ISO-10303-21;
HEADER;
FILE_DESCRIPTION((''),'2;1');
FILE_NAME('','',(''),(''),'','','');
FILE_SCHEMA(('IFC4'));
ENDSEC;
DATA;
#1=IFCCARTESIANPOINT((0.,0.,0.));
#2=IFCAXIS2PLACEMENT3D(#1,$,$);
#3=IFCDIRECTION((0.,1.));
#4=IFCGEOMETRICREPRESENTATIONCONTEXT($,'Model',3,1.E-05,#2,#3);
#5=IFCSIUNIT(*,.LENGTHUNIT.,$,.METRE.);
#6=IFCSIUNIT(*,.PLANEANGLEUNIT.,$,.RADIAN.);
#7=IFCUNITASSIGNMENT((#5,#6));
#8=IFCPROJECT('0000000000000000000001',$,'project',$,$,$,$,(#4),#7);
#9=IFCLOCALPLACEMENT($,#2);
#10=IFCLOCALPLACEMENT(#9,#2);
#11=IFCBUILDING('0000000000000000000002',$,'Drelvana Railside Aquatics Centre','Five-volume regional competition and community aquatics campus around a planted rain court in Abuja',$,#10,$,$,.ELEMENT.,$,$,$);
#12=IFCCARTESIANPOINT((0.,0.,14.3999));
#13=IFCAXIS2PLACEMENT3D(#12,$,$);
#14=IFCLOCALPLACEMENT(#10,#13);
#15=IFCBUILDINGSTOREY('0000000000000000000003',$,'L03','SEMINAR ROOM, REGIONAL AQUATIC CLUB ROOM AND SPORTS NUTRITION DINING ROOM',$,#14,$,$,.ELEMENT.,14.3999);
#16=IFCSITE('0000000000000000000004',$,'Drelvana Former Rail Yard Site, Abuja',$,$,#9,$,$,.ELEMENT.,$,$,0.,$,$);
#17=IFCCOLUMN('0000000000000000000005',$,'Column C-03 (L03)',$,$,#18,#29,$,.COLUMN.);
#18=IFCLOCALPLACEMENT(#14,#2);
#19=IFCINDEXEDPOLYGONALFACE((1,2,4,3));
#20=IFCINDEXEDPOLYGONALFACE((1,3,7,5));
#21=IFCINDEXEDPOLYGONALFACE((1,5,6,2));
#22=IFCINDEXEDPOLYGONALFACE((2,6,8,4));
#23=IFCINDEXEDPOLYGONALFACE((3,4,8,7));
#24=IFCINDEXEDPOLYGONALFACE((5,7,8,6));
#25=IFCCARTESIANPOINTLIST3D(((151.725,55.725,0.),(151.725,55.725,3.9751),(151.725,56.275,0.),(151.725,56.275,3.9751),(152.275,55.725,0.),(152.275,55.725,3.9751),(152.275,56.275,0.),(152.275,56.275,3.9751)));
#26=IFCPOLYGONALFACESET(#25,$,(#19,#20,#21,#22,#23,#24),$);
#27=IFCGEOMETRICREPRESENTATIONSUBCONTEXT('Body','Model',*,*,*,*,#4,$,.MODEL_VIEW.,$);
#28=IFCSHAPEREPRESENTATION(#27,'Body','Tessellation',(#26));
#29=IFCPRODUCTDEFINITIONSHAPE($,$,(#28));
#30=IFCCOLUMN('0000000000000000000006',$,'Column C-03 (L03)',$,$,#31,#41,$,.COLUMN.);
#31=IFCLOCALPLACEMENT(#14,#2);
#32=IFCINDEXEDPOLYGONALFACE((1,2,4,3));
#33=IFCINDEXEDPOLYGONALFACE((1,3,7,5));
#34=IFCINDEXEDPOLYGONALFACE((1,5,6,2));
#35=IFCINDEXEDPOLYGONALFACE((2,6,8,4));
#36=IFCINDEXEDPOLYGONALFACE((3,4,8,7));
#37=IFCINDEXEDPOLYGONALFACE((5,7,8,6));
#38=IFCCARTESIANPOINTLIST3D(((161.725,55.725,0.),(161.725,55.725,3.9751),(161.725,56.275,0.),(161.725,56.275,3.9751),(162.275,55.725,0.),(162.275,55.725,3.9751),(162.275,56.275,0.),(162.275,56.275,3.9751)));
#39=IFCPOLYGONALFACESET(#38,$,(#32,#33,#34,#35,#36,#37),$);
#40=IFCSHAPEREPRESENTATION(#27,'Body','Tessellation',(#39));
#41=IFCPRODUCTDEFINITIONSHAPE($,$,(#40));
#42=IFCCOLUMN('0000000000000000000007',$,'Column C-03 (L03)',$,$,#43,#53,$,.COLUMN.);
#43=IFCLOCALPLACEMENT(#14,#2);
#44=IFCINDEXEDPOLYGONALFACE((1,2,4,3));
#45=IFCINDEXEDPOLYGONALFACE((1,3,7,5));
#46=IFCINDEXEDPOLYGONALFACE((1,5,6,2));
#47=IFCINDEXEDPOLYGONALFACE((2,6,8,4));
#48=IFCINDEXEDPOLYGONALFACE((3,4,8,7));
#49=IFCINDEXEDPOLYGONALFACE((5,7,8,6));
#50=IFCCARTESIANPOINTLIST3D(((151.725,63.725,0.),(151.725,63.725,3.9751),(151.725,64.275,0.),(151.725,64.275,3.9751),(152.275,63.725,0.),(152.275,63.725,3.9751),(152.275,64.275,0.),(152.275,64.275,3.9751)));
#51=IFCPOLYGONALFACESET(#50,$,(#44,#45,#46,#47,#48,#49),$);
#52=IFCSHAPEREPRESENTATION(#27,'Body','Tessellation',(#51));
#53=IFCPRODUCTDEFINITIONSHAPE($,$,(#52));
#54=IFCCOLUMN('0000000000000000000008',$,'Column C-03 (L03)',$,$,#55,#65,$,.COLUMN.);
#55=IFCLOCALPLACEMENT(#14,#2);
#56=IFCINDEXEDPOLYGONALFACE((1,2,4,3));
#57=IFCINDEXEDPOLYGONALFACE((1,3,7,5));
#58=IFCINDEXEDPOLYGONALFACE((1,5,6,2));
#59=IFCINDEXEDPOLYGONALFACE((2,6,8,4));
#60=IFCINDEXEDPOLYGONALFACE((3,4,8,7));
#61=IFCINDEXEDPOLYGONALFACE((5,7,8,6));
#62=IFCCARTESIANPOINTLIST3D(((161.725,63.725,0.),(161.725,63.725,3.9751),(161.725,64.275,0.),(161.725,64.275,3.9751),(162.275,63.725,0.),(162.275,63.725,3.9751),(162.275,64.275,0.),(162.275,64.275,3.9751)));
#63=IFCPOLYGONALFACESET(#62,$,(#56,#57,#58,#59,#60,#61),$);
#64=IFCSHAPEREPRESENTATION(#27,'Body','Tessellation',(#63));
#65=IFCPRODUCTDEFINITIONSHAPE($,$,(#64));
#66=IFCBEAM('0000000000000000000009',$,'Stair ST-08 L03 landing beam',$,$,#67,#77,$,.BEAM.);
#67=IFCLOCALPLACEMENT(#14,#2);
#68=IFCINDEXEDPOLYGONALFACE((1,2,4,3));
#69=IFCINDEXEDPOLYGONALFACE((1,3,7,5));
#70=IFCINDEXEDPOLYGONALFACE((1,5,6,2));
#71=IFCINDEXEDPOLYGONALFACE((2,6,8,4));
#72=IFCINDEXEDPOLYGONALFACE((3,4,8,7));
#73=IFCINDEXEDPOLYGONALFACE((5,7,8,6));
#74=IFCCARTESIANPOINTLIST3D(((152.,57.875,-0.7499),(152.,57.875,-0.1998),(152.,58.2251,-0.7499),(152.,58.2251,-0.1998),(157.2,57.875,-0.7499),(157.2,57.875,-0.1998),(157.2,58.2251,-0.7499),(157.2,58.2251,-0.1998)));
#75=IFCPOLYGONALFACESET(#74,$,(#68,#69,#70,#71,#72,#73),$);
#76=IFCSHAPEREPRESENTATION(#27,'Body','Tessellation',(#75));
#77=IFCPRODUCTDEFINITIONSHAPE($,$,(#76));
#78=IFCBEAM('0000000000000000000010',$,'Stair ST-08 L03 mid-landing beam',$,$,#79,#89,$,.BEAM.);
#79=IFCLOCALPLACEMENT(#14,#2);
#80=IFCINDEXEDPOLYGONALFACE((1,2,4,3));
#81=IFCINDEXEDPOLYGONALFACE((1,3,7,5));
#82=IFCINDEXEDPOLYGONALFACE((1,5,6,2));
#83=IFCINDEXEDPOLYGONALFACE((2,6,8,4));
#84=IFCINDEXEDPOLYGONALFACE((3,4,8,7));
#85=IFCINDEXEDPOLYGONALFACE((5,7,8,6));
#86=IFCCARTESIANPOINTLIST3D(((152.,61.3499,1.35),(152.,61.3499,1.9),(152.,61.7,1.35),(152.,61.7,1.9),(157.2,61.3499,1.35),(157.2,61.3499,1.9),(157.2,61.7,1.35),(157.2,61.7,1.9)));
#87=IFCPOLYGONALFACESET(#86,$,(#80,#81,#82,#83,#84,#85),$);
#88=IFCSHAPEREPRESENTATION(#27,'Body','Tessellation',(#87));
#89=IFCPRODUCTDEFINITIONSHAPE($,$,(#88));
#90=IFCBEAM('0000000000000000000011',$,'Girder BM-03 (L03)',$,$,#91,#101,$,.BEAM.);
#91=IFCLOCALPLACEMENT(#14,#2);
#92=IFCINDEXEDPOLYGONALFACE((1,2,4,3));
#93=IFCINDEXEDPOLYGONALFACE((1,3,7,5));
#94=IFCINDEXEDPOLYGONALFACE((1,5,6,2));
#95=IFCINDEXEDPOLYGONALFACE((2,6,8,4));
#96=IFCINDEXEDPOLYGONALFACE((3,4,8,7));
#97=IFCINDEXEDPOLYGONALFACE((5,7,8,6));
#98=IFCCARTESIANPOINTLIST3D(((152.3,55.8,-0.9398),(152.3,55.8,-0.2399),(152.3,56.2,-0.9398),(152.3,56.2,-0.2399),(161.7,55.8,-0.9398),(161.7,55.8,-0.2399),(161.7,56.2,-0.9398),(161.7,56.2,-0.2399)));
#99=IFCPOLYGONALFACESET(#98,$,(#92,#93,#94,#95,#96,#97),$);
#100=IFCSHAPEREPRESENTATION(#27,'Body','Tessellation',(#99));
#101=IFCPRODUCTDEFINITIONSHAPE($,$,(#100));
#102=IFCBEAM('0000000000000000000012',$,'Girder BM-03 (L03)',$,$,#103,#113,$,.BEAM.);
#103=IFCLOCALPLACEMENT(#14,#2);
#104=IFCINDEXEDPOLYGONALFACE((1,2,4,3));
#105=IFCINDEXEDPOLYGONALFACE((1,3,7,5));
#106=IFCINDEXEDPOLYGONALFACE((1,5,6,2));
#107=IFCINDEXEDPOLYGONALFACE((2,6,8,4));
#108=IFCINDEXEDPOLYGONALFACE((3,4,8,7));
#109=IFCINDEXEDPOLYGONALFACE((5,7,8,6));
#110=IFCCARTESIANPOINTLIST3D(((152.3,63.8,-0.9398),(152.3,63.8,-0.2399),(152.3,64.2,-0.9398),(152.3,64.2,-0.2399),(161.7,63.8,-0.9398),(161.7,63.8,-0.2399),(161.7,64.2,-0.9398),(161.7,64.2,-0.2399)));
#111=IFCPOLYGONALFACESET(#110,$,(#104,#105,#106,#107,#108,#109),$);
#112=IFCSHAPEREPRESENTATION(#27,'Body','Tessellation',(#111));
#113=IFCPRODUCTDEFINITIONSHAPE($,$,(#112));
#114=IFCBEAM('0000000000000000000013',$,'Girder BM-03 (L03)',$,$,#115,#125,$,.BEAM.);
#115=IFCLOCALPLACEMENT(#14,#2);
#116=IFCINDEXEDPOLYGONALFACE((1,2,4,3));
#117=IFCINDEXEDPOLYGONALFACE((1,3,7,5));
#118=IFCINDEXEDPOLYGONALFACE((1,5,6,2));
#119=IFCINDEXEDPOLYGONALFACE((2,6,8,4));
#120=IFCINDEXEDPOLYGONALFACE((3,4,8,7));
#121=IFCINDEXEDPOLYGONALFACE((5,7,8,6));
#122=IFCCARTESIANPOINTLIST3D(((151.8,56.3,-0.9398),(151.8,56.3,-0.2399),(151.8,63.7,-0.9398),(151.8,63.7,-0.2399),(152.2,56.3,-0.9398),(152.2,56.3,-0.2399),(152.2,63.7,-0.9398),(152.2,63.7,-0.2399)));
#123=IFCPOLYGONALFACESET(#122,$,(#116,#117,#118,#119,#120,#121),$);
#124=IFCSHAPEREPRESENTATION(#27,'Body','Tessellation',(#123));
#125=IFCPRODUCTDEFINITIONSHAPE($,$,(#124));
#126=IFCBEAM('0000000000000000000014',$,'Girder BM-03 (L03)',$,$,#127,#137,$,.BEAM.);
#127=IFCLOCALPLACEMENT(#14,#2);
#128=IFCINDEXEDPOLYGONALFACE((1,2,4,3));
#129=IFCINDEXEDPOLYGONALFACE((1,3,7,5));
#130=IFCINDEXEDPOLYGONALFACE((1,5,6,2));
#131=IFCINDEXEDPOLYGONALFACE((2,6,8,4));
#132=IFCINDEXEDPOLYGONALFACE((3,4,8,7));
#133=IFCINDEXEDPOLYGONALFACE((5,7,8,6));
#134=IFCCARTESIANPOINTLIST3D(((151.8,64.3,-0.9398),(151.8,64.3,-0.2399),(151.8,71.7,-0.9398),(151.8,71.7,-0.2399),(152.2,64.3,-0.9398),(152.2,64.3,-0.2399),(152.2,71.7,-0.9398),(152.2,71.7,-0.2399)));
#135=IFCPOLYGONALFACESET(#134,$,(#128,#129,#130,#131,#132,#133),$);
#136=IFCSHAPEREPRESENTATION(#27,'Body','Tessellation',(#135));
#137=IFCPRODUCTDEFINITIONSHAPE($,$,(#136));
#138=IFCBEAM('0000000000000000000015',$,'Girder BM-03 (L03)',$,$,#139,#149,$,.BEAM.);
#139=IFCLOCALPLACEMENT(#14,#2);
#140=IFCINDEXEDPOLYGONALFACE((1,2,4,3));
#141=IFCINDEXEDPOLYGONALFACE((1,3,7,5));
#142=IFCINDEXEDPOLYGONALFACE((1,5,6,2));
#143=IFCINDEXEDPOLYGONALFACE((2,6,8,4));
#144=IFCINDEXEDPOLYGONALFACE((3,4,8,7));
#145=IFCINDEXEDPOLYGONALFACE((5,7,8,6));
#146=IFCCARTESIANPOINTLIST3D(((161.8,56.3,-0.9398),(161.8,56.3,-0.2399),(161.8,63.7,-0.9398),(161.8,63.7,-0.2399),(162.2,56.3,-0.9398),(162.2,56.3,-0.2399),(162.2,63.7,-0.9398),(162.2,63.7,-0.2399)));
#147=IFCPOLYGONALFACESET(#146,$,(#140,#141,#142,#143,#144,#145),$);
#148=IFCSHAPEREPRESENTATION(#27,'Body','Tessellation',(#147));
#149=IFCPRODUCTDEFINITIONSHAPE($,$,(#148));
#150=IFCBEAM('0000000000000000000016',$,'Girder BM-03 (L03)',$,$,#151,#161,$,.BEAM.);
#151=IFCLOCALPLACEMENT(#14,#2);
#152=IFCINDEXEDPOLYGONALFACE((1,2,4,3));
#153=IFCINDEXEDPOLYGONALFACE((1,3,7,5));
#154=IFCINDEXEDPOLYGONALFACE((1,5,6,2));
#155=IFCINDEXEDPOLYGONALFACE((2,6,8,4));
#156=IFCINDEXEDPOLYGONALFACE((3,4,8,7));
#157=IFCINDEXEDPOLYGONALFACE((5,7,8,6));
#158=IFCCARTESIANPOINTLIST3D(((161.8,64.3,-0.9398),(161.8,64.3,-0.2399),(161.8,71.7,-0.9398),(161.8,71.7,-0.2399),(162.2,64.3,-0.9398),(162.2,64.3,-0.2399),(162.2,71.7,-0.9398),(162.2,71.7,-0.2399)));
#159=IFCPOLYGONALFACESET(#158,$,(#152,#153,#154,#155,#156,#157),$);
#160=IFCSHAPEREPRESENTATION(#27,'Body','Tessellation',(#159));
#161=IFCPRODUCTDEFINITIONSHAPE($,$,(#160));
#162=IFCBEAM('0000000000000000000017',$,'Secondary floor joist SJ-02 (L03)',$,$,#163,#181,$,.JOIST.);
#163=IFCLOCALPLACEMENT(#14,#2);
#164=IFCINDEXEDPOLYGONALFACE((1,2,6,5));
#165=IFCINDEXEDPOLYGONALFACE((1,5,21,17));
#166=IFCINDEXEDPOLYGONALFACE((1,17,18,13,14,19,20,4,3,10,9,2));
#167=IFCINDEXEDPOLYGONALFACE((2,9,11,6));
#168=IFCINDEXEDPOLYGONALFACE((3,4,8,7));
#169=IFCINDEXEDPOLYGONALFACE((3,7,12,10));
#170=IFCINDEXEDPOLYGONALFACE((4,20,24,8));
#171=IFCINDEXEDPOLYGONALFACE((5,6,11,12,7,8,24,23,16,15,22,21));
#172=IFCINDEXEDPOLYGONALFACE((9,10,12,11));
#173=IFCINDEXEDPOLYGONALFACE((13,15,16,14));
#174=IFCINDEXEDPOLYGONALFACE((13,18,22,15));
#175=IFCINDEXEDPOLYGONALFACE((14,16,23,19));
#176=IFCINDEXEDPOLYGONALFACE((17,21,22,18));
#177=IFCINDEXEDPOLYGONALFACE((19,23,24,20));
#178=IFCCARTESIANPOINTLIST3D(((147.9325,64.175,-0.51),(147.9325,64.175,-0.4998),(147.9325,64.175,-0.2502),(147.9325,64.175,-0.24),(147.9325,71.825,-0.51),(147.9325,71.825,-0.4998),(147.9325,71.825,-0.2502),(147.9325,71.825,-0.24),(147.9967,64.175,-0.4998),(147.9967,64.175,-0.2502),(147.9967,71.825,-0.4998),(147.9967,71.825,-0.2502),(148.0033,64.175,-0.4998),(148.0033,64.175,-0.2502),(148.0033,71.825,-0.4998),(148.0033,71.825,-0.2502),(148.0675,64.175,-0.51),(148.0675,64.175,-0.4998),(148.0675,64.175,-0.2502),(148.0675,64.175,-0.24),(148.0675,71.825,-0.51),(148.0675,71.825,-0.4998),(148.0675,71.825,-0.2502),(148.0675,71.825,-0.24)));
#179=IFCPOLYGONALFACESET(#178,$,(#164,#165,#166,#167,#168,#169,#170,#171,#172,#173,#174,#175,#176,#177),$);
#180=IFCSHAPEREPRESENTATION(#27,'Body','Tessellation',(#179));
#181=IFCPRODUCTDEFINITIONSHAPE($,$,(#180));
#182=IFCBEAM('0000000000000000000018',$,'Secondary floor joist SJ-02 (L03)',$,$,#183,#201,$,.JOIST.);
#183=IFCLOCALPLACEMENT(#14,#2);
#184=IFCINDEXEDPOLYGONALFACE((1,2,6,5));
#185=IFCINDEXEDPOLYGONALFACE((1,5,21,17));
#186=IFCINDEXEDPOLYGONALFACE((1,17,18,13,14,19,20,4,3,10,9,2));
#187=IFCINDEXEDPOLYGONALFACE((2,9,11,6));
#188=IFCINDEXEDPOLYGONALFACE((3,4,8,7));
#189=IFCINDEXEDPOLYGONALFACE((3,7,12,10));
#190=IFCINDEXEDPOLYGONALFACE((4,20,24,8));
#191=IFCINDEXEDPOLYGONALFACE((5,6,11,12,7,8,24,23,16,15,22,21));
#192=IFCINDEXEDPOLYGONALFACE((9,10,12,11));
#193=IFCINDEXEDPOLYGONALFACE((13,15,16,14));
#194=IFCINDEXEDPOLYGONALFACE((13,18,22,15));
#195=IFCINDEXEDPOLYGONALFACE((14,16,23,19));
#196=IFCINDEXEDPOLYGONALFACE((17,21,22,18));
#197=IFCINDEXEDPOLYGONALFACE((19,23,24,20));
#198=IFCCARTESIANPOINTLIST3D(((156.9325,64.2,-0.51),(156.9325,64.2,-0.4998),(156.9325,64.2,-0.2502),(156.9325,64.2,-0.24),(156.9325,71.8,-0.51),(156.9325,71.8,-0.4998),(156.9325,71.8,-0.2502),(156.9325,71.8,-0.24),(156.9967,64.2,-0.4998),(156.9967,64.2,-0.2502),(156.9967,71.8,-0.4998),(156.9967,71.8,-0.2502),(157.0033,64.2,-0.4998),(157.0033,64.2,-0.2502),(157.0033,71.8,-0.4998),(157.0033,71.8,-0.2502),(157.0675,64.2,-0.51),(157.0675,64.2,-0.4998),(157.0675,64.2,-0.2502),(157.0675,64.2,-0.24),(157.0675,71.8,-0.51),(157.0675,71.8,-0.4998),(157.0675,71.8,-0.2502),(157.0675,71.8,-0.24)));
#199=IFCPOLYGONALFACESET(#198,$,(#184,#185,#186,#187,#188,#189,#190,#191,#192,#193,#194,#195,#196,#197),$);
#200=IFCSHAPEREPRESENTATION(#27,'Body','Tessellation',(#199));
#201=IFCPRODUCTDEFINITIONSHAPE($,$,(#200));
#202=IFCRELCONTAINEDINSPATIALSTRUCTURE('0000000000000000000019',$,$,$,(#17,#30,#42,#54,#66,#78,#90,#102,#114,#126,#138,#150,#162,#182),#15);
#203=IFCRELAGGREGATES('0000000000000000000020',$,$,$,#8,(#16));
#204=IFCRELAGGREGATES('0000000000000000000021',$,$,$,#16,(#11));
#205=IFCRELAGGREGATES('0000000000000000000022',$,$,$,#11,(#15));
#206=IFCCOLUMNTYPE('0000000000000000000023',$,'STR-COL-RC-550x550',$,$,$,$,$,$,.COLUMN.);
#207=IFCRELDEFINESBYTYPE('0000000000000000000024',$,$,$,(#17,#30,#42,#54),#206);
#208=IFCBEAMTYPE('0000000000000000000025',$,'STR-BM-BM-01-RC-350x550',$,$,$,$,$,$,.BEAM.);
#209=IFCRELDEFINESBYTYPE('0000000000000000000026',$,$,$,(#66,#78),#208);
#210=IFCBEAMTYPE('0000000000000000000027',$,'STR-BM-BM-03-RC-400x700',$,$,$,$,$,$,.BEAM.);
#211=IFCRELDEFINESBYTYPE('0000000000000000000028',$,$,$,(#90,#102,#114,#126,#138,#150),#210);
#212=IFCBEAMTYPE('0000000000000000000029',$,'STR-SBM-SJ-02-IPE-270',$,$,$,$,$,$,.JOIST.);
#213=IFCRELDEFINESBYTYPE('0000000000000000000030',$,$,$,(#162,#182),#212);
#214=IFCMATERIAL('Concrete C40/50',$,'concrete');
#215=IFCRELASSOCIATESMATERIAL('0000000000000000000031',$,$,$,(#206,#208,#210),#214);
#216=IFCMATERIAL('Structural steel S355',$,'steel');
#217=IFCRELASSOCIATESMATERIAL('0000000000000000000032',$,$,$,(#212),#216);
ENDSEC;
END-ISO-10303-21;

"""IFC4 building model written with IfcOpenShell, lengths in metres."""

from ifc_helpers import new_model, si_unit, direction, frame, origin, origin_2d, place, context, subcontext, project, spatial, rectangle, i_section, extrude, material, material_profile, profile_set, type_object, element, save


model = new_model("IFC4")

# Units and contexts
model_context = context("Model", 3, precision=1e-05, world=origin(), true_north=direction((0.0, 1.0)))
body_context = subcontext(model_context, "Body", "Model", "MODEL_VIEW")
ifc_project = project(units=[si_unit("LENGTHUNIT", "METRE"), si_unit("PLANEANGLEUNIT", "RADIAN")], contexts=[model_context])

# Site, building, storey
site_placement = place(None, origin())
site = spatial("IfcSite", under=ifc_project, at=site_placement, Name="Drelvana Former Rail Yard Site, Abuja", CompositionType="ELEMENT", RefElevation=0.0)
building_placement = place(site_placement, origin())
building = spatial("IfcBuilding", under=site, at=building_placement, Name="Drelvana Railside Aquatics Centre", Description="Five-volume regional competition and community aquatics campus around a planted rain court in Abuja", CompositionType="ELEMENT")
storey_placement = place(building_placement, frame((0.0, 0.0, 14.3999)))
storey = spatial("IfcBuildingStorey", under=building, at=storey_placement, Name="L03", Description="SEMINAR ROOM, REGIONAL AQUATIC CLUB ROOM AND SPORTS NUTRITION DINING ROOM", CompositionType="ELEMENT", Elevation=14.3999)

# Columns
ifc_material_1 = material(Name="Concrete C40/50", Category="concrete")
ifc_material_profile_1 = material_profile(ifc_material_1, rectangle(XDim=0.55, YDim=0.55, at=origin_2d()), Name="RC 550x550")
ifc_profile_set_1 = profile_set([ifc_material_profile_1], Name="Concrete C40/50")
column_type = type_object("IfcColumnType", Name="STR-COL-RC-550x550", PredefinedType="COLUMN", material=ifc_profile_set_1)
for number, where, z_axis, x_axis, name in (
    (1, (152.0, 56.0, 0.0), (0.0, 0.0, 1.0), (1.0, 0.0, 0.0), "Column C-03 (L03)"),
    (2, (162.0, 56.0, 0.0), (0.0, 0.0, 1.0), (1.0, 0.0, 0.0), "Column C-03 (L03)"),
    (3, (152.0, 64.0, 0.0), (0.0, 0.0, 1.0), (1.0, 0.0, 0.0), "Column C-03 (L03)"),
    (4, (162.0, 64.0, 0.0), (0.0, 0.0, 1.0), (1.0, 0.0, 0.0), "Column C-03 (L03)"),
):
    element("IfcColumn", number, at=place(storey_placement, frame(where, z_axis=z_axis, x_axis=x_axis)), inside=storey, type_object=column_type, Name=name, PredefinedType="COLUMN", context=body_context, shape_type="SweptSolid", body=[
        extrude(rectangle(XDim=0.55, YDim=0.55, at=origin_2d()), origin(), (0.0, 0.0, 1.0), 3.9751),
    ])

# Beams
ifc_material_profile_2 = material_profile(ifc_material_1, rectangle(XDim=0.3501, YDim=0.55, at=origin_2d()), Name="RC 350x550")
ifc_profile_set_2 = profile_set([ifc_material_profile_2], Name="Concrete C40/50")
beam_type_1 = type_object("IfcBeamType", Name="STR-BM-BM-01-RC-350x550", PredefinedType="BEAM", material=ifc_profile_set_2)
for number, where, z_axis, x_axis, name in (
    (5, (152.0, 58.05, -0.4749), (1.0, 0.0, 0.0), (0.0, 1.0, 0.0), "Stair ST-08 L03 landing beam"),
    (6, (152.0, 61.5249, 1.625), (1.0, 0.0, 0.0), (0.0, 1.0, 0.0), "Stair ST-08 L03 mid-landing beam"),
):
    element("IfcBeam", number, at=place(storey_placement, frame(where, z_axis=z_axis, x_axis=x_axis)), inside=storey, type_object=beam_type_1, Name=name, PredefinedType="BEAM", context=body_context, shape_type="SweptSolid", body=[
        extrude(rectangle(XDim=0.3501, YDim=0.55, at=origin_2d()), origin(), (0.0, 0.0, 1.0), 5.2),
    ])
ifc_material_profile_3 = material_profile(ifc_material_1, rectangle(XDim=0.3999, YDim=0.7, at=origin_2d()), Name="RC 400x700")
ifc_profile_set_3 = profile_set([ifc_material_profile_3], Name="Concrete C40/50")
beam_type_2 = type_object("IfcBeamType", Name="STR-BM-BM-03-RC-400x700", PredefinedType="BEAM", material=ifc_profile_set_3)
for number, where, z_axis, x_axis, name in (
    (7, (152.3, 56.0, -0.5898), (1.0, 0.0, 0.0), (0.0, 1.0, 0.0), "Girder BM-03 (L03)"),
    (8, (152.3, 64.0, -0.5898), (1.0, 0.0, 0.0), (0.0, 1.0, 0.0), "Girder BM-03 (L03)"),
):
    element("IfcBeam", number, at=place(storey_placement, frame(where, z_axis=z_axis, x_axis=x_axis)), inside=storey, type_object=beam_type_2, Name=name, PredefinedType="BEAM", context=body_context, shape_type="SweptSolid", body=[
        extrude(rectangle(XDim=0.3999, YDim=0.7, at=origin_2d()), origin(), (0.0, 0.0, 1.0), 9.3999),
    ])
for number, where, z_axis, x_axis, name in (
    (9, (152.0, 56.3, -0.5898), (0.0, 1.0, 0.0), (-1.0, 0.0, 0.0), "Girder BM-03 (L03)"),
    (10, (152.0, 64.3, -0.5898), (0.0, 1.0, 0.0), (-1.0, 0.0, 0.0), "Girder BM-03 (L03)"),
    (11, (162.0, 56.3, -0.5898), (0.0, 1.0, 0.0), (-1.0, 0.0, 0.0), "Girder BM-03 (L03)"),
    (12, (162.0, 64.3, -0.5898), (0.0, 1.0, 0.0), (-1.0, 0.0, 0.0), "Girder BM-03 (L03)"),
):
    element("IfcBeam", number, at=place(storey_placement, frame(where, z_axis=z_axis, x_axis=x_axis)), inside=storey, type_object=beam_type_2, Name=name, PredefinedType="BEAM", context=body_context, shape_type="SweptSolid", body=[
        extrude(rectangle(XDim=0.3999, YDim=0.7, at=origin_2d()), origin(), (0.0, 0.0, 1.0), 7.3999),
    ])
ifc_material_2 = material(Name="Structural steel S355", Category="steel")
ifc_material_profile_4 = material_profile(ifc_material_2, i_section(OverallWidth=0.135, OverallDepth=0.27, WebThickness=0.0066, FlangeThickness=0.0103, at=origin_2d()), Name="IPE 270")
ifc_profile_set_4 = profile_set([ifc_material_profile_4], Name="Structural steel S355")
beam_type_3 = type_object("IfcBeamType", Name="STR-SBM-SJ-02-IPE-270", PredefinedType="JOIST", material=ifc_profile_set_4)
beam_1_placement = place(storey_placement, frame((148.0, 64.175, -0.375), z_axis=(0.0, 1.0, 0.0), x_axis=(-1.0, 0.0, 0.0)))
element("IfcBeam", 13, at=beam_1_placement, inside=storey, type_object=beam_type_3, Name="Secondary floor joist SJ-02 (L03)", PredefinedType="JOIST", context=body_context, shape_type="SweptSolid", body=[
    extrude(i_section(OverallWidth=0.135, OverallDepth=0.27, WebThickness=0.0066, FlangeThickness=0.0103, at=origin_2d()), origin(), (0.0, 0.0, 1.0), 7.6499),
])
beam_2_placement = place(storey_placement, frame((157.0, 64.2, -0.375), z_axis=(0.0, 1.0, 0.0), x_axis=(-1.0, 0.0, 0.0)))
element("IfcBeam", 14, at=beam_2_placement, inside=storey, type_object=beam_type_3, Name="Secondary floor joist SJ-02 (L03)", PredefinedType="JOIST", context=body_context, shape_type="SweptSolid", body=[
    extrude(i_section(OverallWidth=0.135, OverallDepth=0.27, WebThickness=0.0066, FlangeThickness=0.0103, at=origin_2d()), origin(), (0.0, 0.0, 1.0), 7.6001),
])

save(model, "model.ifc")
